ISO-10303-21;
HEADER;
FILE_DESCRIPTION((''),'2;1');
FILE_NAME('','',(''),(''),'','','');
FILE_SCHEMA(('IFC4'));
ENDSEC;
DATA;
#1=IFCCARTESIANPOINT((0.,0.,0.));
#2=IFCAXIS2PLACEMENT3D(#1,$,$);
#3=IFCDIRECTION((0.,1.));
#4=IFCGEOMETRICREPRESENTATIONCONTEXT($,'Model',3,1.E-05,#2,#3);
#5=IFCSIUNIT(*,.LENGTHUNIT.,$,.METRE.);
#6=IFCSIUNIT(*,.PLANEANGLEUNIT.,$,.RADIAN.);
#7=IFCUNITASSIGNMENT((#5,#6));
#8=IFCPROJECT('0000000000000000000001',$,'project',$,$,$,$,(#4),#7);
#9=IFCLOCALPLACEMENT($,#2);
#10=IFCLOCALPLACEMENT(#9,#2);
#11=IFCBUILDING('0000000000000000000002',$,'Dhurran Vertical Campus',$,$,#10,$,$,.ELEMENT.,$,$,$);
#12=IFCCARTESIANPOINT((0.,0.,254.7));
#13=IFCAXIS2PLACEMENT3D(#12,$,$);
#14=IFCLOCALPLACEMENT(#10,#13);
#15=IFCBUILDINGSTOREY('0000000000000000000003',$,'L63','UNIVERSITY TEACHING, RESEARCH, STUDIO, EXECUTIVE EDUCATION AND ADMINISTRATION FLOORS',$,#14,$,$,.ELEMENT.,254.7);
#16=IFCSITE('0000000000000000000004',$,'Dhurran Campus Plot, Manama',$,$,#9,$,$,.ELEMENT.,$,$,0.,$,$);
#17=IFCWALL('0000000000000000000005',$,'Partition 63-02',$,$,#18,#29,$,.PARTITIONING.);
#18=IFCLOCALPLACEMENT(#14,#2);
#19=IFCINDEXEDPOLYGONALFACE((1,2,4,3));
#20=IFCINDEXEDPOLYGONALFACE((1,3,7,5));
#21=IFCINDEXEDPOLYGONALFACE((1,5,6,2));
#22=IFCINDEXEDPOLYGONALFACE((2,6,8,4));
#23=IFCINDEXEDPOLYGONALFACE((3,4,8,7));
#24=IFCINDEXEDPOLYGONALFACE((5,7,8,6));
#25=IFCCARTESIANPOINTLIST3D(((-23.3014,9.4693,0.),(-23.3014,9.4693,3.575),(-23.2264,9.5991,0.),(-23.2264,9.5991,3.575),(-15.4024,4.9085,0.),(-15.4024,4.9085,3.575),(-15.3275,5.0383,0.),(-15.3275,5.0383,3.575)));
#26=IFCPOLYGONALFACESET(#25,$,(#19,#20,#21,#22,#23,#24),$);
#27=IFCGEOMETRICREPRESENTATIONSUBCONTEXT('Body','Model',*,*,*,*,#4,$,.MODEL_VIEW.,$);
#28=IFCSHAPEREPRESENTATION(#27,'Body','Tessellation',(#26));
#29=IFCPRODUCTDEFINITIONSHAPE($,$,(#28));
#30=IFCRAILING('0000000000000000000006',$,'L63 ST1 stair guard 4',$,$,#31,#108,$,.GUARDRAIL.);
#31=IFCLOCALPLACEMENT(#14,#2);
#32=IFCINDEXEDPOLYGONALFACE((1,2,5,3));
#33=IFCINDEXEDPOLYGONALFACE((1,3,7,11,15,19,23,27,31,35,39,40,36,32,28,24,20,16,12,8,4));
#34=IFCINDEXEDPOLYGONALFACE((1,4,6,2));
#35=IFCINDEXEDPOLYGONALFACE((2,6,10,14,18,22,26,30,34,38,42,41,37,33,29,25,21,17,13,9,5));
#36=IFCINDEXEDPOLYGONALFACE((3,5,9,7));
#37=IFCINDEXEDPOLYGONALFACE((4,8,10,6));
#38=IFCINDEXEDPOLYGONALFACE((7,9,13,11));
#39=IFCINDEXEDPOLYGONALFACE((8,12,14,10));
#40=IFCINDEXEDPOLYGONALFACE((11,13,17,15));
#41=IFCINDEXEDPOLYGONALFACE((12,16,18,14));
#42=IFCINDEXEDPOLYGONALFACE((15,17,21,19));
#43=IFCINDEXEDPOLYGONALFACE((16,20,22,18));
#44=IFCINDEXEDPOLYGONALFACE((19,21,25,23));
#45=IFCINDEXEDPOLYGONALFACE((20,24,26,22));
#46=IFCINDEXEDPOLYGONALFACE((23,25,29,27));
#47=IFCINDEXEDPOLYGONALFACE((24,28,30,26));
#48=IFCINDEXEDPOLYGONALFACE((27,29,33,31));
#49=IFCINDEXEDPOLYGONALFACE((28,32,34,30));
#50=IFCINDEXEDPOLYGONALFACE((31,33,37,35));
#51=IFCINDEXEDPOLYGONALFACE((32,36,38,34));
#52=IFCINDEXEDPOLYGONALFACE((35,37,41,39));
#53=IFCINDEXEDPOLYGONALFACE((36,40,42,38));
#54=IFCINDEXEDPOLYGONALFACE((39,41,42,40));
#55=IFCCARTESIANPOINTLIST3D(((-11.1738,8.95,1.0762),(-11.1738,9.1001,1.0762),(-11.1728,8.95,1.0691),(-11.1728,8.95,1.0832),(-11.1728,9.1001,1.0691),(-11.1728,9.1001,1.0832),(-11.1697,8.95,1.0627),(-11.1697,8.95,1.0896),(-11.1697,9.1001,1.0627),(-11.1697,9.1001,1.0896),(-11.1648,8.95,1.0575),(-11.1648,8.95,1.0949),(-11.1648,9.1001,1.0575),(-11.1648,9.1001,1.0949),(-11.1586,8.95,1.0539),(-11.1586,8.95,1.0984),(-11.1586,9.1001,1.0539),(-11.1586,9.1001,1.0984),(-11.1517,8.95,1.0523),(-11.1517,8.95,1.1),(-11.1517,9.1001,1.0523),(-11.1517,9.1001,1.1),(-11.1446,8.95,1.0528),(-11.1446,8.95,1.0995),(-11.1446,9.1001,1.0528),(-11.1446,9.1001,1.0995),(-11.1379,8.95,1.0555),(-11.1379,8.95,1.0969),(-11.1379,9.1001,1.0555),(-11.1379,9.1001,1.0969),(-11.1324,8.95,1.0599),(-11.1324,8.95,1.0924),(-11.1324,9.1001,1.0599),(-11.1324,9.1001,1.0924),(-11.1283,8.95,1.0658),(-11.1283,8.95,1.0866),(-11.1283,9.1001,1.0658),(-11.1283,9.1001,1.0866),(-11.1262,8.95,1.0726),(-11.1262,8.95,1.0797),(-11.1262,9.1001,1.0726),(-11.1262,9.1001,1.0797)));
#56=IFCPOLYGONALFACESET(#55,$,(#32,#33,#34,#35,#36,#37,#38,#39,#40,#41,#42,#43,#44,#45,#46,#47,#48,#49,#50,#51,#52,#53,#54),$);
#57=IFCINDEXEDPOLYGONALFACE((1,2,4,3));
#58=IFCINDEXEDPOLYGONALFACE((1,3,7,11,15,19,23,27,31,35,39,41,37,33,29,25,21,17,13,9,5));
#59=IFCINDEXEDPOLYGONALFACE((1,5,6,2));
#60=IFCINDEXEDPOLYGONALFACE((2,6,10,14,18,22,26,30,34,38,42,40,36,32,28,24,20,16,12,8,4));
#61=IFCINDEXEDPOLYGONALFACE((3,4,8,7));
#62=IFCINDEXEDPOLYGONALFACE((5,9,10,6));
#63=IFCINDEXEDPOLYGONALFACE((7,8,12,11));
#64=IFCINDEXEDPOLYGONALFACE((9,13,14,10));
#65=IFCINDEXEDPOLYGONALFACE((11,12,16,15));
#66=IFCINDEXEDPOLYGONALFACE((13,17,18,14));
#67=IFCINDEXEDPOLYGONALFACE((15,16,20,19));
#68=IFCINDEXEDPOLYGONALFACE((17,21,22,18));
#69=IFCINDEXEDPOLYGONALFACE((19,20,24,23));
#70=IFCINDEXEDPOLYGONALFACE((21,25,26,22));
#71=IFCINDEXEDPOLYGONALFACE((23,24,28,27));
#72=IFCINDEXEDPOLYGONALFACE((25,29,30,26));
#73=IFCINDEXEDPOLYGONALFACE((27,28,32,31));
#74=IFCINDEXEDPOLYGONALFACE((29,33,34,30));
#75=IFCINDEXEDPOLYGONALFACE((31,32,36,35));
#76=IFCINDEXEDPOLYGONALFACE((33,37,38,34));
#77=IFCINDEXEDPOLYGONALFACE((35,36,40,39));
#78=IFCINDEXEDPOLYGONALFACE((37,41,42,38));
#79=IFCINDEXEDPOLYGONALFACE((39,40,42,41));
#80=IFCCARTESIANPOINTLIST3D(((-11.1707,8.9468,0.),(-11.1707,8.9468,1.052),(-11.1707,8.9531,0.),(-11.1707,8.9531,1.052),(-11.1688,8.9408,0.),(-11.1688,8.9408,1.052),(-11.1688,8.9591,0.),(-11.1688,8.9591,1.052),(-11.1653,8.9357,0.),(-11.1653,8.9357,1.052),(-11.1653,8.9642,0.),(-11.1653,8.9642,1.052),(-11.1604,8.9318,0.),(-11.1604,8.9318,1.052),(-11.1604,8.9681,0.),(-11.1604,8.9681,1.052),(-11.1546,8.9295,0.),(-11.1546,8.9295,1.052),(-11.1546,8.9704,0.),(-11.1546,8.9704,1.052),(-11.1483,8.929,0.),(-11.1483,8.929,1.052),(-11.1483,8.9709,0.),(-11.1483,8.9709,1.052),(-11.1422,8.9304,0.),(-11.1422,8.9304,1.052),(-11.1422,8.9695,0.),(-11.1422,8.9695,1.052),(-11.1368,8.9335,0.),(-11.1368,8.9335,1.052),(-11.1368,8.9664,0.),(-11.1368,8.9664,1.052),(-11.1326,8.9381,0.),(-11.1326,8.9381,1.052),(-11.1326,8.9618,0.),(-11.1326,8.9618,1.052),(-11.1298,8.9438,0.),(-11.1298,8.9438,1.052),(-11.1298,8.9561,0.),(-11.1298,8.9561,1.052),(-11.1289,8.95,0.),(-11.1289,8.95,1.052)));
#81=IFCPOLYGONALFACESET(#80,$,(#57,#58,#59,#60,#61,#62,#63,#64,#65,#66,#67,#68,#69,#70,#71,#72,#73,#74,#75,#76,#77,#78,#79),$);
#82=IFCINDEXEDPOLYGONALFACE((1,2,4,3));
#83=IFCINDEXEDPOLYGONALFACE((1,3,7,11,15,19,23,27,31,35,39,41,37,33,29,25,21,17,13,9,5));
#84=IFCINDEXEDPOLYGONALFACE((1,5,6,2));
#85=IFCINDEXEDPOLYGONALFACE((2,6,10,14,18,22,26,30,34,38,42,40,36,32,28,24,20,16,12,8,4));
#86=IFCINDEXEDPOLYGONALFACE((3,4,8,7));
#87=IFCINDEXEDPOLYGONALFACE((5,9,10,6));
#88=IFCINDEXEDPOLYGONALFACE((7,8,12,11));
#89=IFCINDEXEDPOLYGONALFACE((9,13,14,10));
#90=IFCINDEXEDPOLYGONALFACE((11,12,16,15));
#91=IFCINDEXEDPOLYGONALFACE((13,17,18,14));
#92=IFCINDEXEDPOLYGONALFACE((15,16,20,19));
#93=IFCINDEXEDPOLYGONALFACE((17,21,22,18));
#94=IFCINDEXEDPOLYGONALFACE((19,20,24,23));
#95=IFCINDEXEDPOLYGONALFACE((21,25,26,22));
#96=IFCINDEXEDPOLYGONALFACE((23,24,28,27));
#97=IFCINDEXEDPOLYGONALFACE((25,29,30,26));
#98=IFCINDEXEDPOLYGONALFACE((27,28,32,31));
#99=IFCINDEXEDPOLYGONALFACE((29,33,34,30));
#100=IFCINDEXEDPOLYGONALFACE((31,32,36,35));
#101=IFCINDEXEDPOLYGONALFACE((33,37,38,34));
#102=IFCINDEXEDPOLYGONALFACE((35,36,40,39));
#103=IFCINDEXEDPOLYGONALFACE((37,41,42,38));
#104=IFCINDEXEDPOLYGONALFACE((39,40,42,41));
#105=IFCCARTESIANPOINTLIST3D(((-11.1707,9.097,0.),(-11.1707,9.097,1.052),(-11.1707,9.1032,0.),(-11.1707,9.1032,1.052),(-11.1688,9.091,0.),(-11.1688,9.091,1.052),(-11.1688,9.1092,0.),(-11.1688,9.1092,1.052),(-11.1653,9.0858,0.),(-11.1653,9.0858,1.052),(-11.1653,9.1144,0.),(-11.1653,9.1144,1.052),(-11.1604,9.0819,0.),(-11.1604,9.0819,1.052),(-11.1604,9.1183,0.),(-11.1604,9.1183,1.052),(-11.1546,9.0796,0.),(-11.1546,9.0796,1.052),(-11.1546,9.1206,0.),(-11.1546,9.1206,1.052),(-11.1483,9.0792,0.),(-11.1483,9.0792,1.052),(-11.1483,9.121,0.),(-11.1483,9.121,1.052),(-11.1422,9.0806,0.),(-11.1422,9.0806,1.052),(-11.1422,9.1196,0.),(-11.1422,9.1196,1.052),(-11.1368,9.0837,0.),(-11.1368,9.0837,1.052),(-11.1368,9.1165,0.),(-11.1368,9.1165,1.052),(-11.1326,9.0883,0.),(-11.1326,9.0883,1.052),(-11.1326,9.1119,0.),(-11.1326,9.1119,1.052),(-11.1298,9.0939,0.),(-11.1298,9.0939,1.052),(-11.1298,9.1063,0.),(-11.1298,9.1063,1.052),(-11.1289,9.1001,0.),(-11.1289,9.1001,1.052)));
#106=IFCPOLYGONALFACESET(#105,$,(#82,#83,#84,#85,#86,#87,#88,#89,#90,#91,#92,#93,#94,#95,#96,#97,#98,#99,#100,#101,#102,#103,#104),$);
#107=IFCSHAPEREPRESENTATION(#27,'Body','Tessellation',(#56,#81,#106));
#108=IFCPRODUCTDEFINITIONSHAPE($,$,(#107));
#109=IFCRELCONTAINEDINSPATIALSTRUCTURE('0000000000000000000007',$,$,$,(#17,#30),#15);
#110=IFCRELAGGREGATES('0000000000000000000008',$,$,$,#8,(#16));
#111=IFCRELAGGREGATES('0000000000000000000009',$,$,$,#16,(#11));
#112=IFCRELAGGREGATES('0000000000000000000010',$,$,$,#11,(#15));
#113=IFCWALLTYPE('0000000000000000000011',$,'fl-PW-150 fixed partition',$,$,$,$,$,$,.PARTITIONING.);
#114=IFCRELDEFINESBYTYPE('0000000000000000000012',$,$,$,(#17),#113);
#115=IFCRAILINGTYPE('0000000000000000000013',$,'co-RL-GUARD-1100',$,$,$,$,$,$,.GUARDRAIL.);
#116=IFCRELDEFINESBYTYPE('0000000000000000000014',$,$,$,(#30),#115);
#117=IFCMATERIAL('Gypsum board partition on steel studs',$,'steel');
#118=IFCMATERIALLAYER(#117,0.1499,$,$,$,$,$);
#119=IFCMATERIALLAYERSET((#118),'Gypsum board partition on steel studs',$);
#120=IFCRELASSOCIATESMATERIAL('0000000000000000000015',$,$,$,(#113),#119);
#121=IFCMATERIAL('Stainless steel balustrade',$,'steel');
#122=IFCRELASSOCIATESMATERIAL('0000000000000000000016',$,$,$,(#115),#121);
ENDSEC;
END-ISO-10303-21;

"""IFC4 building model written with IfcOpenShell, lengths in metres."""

from ifc_helpers import new_model, si_unit, direction, frame, frame_2d, origin, origin_2d, place, context, subcontext, project, spatial, rectangle, circle, extrude, material, layer, layer_set, type_object, element, save


model = new_model("IFC4")

# Units and contexts
model_context = context("Model", 3, precision=1e-05, world=origin(), true_north=direction((0.0, 1.0)))
body_context = subcontext(model_context, "Body", "Model", "MODEL_VIEW")
ifc_project = project(units=[si_unit("LENGTHUNIT", "METRE"), si_unit("PLANEANGLEUNIT", "RADIAN")], contexts=[model_context])

# Site, building, storey
site_placement = place(None, origin())
site = spatial("IfcSite", under=ifc_project, at=site_placement, Name="Dhurran Campus Plot, Manama", CompositionType="ELEMENT", RefElevation=0.0)
building_placement = place(site_placement, origin())
building = spatial("IfcBuilding", under=site, at=building_placement, Name="Dhurran Vertical Campus", CompositionType="ELEMENT")
storey_placement = place(building_placement, frame((0.0, 0.0, 254.7)))
storey = spatial("IfcBuildingStorey", under=building, at=storey_placement, Name="L63", Description="UNIVERSITY TEACHING, RESEARCH, STUDIO, EXECUTIVE EDUCATION AND ADMINISTRATION FLOORS", CompositionType="ELEMENT", Elevation=254.7)

# Wall
ifc_material_1 = material(Name="Gypsum board partition on steel studs", Category="steel")
ifc_layer_1 = layer(ifc_material_1, 0.1499)
ifc_layer_set_1 = layer_set([ifc_layer_1], Name="Gypsum board partition on steel studs")
wall_type_1 = type_object("IfcWallType", Name="fl-PW-150 fixed partition", PredefinedType="PARTITIONING", material=ifc_layer_set_1)
wall_1_placement = place(storey_placement, frame((-23.2639, 9.5342, 0.0), z_axis=(0.0, 0.0, 1.0), x_axis=(0.866009, -0.500028, 0.0)))
element("IfcWall", 1, at=wall_1_placement, inside=storey, type_object=wall_type_1, Name="Partition 63-02", PredefinedType="PARTITIONING", context=body_context, shape_type="SweptSolid", body=[
    extrude(rectangle(XDim=9.1211, YDim=0.1499, at=frame_2d((4.5605, 0.0))), origin(), (0.0, 0.0, 1.0), 3.575),
])

# Railing
ifc_material_2 = material(Name="Stainless steel balustrade", Category="steel")
railing_type_1 = type_object("IfcRailingType", Name="co-RL-GUARD-1100", PredefinedType="GUARDRAIL", material=ifc_material_2)
railing_1_placement = place(storey_placement, frame((-11.1499, 8.95, 0.0)))
element("IfcRailing", 2, at=railing_1_placement, inside=storey, type_object=railing_type_1, Name="L63 ST1 stair guard 4", PredefinedType="GUARDRAIL", context=body_context, shape_type="SweptSolid", body=[
    extrude(circle(Radius=0.0239, at=origin_2d()), frame((0.0, 0.0, 1.0762), z_axis=(0.0, 1.0, 0.0), x_axis=(-1.0, 0.0, 0.0)), (0.0, 0.0, 1.0), 0.1501),
    extrude(circle(Radius=0.021, at=origin_2d()), origin(), (0.0, 0.0, 1.0), 1.052),
    extrude(circle(Radius=0.021, at=origin_2d()), frame((0.0, 0.1501, 0.0)), (0.0, 0.0, 1.0), 1.052),
])

save(model, "model.ifc")
